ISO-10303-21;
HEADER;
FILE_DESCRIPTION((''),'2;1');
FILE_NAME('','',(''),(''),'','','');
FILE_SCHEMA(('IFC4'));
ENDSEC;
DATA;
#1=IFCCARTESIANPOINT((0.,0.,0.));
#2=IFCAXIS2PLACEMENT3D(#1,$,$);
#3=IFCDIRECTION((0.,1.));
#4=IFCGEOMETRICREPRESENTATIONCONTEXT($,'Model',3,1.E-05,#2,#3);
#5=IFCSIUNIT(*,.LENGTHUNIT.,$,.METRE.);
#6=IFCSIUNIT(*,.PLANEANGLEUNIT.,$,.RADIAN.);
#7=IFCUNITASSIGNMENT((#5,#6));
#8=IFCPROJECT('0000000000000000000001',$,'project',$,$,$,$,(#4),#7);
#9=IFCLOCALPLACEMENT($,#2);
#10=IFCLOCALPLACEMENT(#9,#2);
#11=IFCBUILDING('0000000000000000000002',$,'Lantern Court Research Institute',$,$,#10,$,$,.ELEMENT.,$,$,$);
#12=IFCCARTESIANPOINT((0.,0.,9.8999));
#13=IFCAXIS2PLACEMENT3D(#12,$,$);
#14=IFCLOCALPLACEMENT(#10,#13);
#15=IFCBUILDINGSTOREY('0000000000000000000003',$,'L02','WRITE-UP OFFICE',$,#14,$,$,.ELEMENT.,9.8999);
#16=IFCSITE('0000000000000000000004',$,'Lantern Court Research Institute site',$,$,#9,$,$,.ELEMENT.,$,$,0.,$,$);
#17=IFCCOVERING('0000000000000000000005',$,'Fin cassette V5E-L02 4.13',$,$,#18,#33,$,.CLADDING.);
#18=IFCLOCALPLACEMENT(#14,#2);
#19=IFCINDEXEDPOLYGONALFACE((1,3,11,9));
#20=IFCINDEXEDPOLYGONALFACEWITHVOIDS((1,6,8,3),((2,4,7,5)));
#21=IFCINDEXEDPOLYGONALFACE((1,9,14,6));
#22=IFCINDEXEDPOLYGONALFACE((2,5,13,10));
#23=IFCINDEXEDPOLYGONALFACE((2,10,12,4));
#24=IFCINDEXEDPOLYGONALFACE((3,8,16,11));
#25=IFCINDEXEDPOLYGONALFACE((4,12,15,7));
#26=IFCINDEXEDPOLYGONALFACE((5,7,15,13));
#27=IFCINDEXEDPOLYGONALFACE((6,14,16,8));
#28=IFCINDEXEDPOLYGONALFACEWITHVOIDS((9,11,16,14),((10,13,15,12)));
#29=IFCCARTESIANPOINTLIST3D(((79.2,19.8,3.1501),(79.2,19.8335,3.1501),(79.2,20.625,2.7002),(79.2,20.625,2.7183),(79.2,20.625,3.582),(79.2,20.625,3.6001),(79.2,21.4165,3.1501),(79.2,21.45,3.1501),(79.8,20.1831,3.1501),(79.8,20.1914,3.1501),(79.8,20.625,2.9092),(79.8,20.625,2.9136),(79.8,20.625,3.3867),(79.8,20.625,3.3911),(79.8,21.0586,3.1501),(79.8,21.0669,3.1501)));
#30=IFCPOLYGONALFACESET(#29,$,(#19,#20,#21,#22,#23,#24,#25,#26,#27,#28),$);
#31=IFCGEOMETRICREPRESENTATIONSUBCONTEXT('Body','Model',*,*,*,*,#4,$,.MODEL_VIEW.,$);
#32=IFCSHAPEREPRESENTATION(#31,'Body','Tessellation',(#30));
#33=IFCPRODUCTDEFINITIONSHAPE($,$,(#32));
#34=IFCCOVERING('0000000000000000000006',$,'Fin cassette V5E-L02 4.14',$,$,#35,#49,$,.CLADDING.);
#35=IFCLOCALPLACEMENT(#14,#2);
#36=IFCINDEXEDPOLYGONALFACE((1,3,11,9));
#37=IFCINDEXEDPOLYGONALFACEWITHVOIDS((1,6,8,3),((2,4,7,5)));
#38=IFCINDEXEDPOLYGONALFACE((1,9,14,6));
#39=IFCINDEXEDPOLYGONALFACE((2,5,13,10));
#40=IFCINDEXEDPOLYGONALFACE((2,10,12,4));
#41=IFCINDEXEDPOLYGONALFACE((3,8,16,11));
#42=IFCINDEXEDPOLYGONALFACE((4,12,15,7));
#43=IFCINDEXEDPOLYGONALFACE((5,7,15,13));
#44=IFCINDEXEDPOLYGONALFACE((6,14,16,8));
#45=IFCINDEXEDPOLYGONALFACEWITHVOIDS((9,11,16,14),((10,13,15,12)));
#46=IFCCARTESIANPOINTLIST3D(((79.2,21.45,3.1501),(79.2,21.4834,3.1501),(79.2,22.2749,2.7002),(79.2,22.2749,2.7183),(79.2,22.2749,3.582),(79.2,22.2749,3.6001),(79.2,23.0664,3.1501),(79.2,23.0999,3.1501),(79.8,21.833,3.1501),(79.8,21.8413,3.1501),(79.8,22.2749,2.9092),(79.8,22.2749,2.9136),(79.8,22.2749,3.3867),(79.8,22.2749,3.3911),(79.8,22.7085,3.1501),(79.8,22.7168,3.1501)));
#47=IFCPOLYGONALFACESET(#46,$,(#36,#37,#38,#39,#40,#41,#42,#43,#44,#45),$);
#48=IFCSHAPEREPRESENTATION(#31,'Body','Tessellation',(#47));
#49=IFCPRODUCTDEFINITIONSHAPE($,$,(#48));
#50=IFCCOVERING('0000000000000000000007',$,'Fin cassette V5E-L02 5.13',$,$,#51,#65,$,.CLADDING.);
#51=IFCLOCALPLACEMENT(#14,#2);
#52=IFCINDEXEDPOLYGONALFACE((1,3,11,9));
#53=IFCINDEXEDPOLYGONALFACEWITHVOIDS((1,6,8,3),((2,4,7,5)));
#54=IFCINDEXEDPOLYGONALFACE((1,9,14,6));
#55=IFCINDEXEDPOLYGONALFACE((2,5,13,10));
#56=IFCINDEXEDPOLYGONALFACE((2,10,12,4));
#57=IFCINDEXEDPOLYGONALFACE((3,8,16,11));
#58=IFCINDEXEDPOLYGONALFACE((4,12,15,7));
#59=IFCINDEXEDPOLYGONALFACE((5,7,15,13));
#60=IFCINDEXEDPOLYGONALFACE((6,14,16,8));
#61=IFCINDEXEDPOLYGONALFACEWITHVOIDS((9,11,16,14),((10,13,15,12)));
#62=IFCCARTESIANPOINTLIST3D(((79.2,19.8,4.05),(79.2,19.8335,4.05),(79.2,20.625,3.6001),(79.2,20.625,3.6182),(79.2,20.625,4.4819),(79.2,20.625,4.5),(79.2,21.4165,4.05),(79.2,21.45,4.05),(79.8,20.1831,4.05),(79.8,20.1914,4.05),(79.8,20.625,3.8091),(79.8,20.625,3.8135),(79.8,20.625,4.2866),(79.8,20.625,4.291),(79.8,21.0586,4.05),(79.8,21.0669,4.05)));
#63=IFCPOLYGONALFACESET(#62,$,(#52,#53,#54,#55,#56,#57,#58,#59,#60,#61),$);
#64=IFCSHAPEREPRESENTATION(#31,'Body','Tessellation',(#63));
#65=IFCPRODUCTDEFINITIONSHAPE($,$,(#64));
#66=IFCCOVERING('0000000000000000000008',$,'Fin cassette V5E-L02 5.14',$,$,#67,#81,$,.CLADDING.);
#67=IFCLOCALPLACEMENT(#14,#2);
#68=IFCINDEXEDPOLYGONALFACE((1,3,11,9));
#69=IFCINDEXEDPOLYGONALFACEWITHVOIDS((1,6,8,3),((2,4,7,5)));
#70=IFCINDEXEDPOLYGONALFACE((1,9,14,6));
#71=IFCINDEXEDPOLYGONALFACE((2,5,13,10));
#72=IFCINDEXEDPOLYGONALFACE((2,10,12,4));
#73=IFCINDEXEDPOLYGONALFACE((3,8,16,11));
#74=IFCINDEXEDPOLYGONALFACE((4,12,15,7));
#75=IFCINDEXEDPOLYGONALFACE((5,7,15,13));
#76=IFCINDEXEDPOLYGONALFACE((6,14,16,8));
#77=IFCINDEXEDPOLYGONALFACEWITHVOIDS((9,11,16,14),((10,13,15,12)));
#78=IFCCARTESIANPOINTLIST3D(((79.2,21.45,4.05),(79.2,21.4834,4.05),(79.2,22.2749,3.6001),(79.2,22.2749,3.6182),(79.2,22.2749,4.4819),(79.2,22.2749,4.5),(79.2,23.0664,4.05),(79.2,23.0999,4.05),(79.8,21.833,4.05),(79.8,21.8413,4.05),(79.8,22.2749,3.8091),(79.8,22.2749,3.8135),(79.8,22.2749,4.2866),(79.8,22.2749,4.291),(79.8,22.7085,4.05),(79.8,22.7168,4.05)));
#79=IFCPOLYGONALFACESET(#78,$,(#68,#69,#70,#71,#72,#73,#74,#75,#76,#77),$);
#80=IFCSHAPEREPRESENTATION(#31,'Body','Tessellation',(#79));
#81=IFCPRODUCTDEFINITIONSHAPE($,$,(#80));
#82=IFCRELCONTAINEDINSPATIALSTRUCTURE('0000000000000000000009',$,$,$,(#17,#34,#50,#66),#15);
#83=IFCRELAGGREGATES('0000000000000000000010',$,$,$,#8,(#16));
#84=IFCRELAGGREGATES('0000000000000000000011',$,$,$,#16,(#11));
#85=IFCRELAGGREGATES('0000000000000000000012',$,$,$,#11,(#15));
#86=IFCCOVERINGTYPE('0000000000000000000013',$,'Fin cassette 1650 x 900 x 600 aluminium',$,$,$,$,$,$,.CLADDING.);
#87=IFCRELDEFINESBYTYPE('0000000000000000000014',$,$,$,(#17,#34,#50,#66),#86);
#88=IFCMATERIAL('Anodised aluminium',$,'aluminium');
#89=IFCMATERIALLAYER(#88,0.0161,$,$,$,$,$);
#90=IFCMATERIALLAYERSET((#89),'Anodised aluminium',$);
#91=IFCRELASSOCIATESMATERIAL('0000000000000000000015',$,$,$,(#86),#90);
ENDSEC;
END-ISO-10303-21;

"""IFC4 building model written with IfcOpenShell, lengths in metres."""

from ifc_helpers import new_model, entity, si_unit, direction, frame, origin, place, context, subcontext, project, spatial, material, layer, layer_set, type_object, element, save


model = new_model("IFC4")

# Units and contexts
model_context = context("Model", 3, precision=1e-05, world=origin(), true_north=direction((0.0, 1.0)))
body_context = subcontext(model_context, "Body", "Model", "MODEL_VIEW")
ifc_project = project(units=[si_unit("LENGTHUNIT", "METRE"), si_unit("PLANEANGLEUNIT", "RADIAN")], contexts=[model_context])

# Site, building, storey
site_placement = place(None, origin())
site = spatial("IfcSite", under=ifc_project, at=site_placement, Name="Lantern Court Research Institute site", CompositionType="ELEMENT", RefElevation=0.0)
building_placement = place(site_placement, origin())
building = spatial("IfcBuilding", under=site, at=building_placement, Name="Lantern Court Research Institute", CompositionType="ELEMENT")
storey_placement = place(building_placement, frame((0.0, 0.0, 9.8999)))
storey = spatial("IfcBuildingStorey", under=building, at=storey_placement, Name="L02", Description="WRITE-UP OFFICE", CompositionType="ELEMENT", Elevation=9.8999)

# Coverings
ifc_material_1 = material(Name="Anodised aluminium", Category="aluminium")
ifc_layer_1 = layer(ifc_material_1, 0.0161)
ifc_layer_set_1 = layer_set([ifc_layer_1], Name="Anodised aluminium")
covering_type = type_object("IfcCoveringType", Name="Fin cassette 1650 x 900 x 600 aluminium", PredefinedType="CLADDING", material=ifc_layer_set_1)
covering_1_placement = place(storey_placement, frame((79.2, 20.625, 3.1501), z_axis=(1.0, 0.0, 0.0), x_axis=(0.0, 1.0, 0.0)))
cartesian_point_1 = entity("IfcCartesianPoint", [0.825, 0.0])
cartesian_point_2 = entity("IfcCartesianPoint", [0.7915, 0.0])
cartesian_point_3 = entity("IfcCartesianPoint", [0.4419, 0.0])
cartesian_point_4 = entity("IfcCartesianPoint", [0.4336, 0.0])
element("IfcCovering", 1, at=covering_1_placement, inside=storey, type_object=covering_type, Name="Fin cassette V5E-L02 4.13", PredefinedType="CLADDING", context=body_context, shape_type="SweptSolid", body=[
    entity("IfcExtrudedAreaSolidTapered", entity("IfcArbitraryProfileDefWithVoids", "AREA", None, entity("IfcPolyline", [cartesian_point_1, entity("IfcCartesianPoint", [0.0, 0.45]), entity("IfcCartesianPoint", [-0.825, 0.0]), entity("IfcCartesianPoint", [0.0, -0.45]), cartesian_point_1]), [entity("IfcPolyline", [cartesian_point_2, entity("IfcCartesianPoint", [0.0, 0.4319]), entity("IfcCartesianPoint", [-0.7915, 0.0]), entity("IfcCartesianPoint", [0.0, -0.4319]), cartesian_point_2])]), entity("IfcAxis2Placement3D", entity("IfcCartesianPoint", [0.0, 0.0, 0.0])), entity("IfcDirection", [0.0, 0.0, 1.0]), 0.6001, entity("IfcArbitraryProfileDefWithVoids", "AREA", None, entity("IfcPolyline", [cartesian_point_3, entity("IfcCartesianPoint", [0.0, 0.241]), entity("IfcCartesianPoint", [-0.4419, 0.0]), entity("IfcCartesianPoint", [0.0, -0.241]), cartesian_point_3]), [entity("IfcPolyline", [cartesian_point_4, entity("IfcCartesianPoint", [0.0, 0.2366]), entity("IfcCartesianPoint", [-0.4336, 0.0]), entity("IfcCartesianPoint", [0.0, -0.2366]), cartesian_point_4])])),
])
covering_2_placement = place(storey_placement, frame((79.2, 22.2749, 3.1501), z_axis=(1.0, 0.0, 0.0), x_axis=(0.0, 1.0, 0.0)))
cartesian_point_5 = entity("IfcCartesianPoint", [0.825, 0.0])
cartesian_point_6 = entity("IfcCartesianPoint", [0.7915, 0.0])
cartesian_point_7 = entity("IfcCartesianPoint", [0.4419, 0.0])
cartesian_point_8 = entity("IfcCartesianPoint", [0.4336, 0.0])
element("IfcCovering", 2, at=covering_2_placement, inside=storey, type_object=covering_type, Name="Fin cassette V5E-L02 4.14", PredefinedType="CLADDING", context=body_context, shape_type="SweptSolid", body=[
    entity("IfcExtrudedAreaSolidTapered", entity("IfcArbitraryProfileDefWithVoids", "AREA", None, entity("IfcPolyline", [cartesian_point_5, entity("IfcCartesianPoint", [0.0, 0.45]), entity("IfcCartesianPoint", [-0.825, 0.0]), entity("IfcCartesianPoint", [0.0, -0.45]), cartesian_point_5]), [entity("IfcPolyline", [cartesian_point_6, entity("IfcCartesianPoint", [0.0, 0.4319]), entity("IfcCartesianPoint", [-0.7915, 0.0]), entity("IfcCartesianPoint", [0.0, -0.4319]), cartesian_point_6])]), entity("IfcAxis2Placement3D", entity("IfcCartesianPoint", [0.0, 0.0, 0.0])), entity("IfcDirection", [0.0, 0.0, 1.0]), 0.6001, entity("IfcArbitraryProfileDefWithVoids", "AREA", None, entity("IfcPolyline", [cartesian_point_7, entity("IfcCartesianPoint", [0.0, 0.241]), entity("IfcCartesianPoint", [-0.4419, 0.0]), entity("IfcCartesianPoint", [0.0, -0.241]), cartesian_point_7]), [entity("IfcPolyline", [cartesian_point_8, entity("IfcCartesianPoint", [0.0, 0.2366]), entity("IfcCartesianPoint", [-0.4336, 0.0]), entity("IfcCartesianPoint", [0.0, -0.2366]), cartesian_point_8])])),
])
covering_3_placement = place(storey_placement, frame((79.2, 20.625, 4.05), z_axis=(1.0, 0.0, 0.0), x_axis=(0.0, 1.0, 0.0)))
cartesian_point_9 = entity("IfcCartesianPoint", [0.825, 0.0])
cartesian_point_10 = entity("IfcCartesianPoint", [0.7915, 0.0])
cartesian_point_11 = entity("IfcCartesianPoint", [0.4419, 0.0])
cartesian_point_12 = entity("IfcCartesianPoint", [0.4336, 0.0])
element("IfcCovering", 3, at=covering_3_placement, inside=storey, type_object=covering_type, Name="Fin cassette V5E-L02 5.13", PredefinedType="CLADDING", context=body_context, shape_type="SweptSolid", body=[
    entity("IfcExtrudedAreaSolidTapered", entity("IfcArbitraryProfileDefWithVoids", "AREA", None, entity("IfcPolyline", [cartesian_point_9, entity("IfcCartesianPoint", [0.0, 0.45]), entity("IfcCartesianPoint", [-0.825, 0.0]), entity("IfcCartesianPoint", [0.0, -0.45]), cartesian_point_9]), [entity("IfcPolyline", [cartesian_point_10, entity("IfcCartesianPoint", [0.0, 0.4319]), entity("IfcCartesianPoint", [-0.7915, 0.0]), entity("IfcCartesianPoint", [0.0, -0.4319]), cartesian_point_10])]), entity("IfcAxis2Placement3D", entity("IfcCartesianPoint", [0.0, 0.0, 0.0])), entity("IfcDirection", [0.0, 0.0, 1.0]), 0.6001, entity("IfcArbitraryProfileDefWithVoids", "AREA", None, entity("IfcPolyline", [cartesian_point_11, entity("IfcCartesianPoint", [0.0, 0.241]), entity("IfcCartesianPoint", [-0.4419, 0.0]), entity("IfcCartesianPoint", [0.0, -0.241]), cartesian_point_11]), [entity("IfcPolyline", [cartesian_point_12, entity("IfcCartesianPoint", [0.0, 0.2366]), entity("IfcCartesianPoint", [-0.4336, 0.0]), entity("IfcCartesianPoint", [0.0, -0.2366]), cartesian_point_12])])),
])
covering_4_placement = place(storey_placement, frame((79.2, 22.2749, 4.05), z_axis=(1.0, 0.0, 0.0), x_axis=(0.0, 1.0, 0.0)))
cartesian_point_13 = entity("IfcCartesianPoint", [0.825, 0.0])
cartesian_point_14 = entity("IfcCartesianPoint", [0.7915, 0.0])
cartesian_point_15 = entity("IfcCartesianPoint", [0.4419, 0.0])
cartesian_point_16 = entity("IfcCartesianPoint", [0.4336, 0.0])
element("IfcCovering", 4, at=covering_4_placement, inside=storey, type_object=covering_type, Name="Fin cassette V5E-L02 5.14", PredefinedType="CLADDING", context=body_context, shape_type="SweptSolid", body=[
    entity("IfcExtrudedAreaSolidTapered", entity("IfcArbitraryProfileDefWithVoids", "AREA", None, entity("IfcPolyline", [cartesian_point_13, entity("IfcCartesianPoint", [0.0, 0.45]), entity("IfcCartesianPoint", [-0.825, 0.0]), entity("IfcCartesianPoint", [0.0, -0.45]), cartesian_point_13]), [entity("IfcPolyline", [cartesian_point_14, entity("IfcCartesianPoint", [0.0, 0.4319]), entity("IfcCartesianPoint", [-0.7915, 0.0]), entity("IfcCartesianPoint", [0.0, -0.4319]), cartesian_point_14])]), entity("IfcAxis2Placement3D", entity("IfcCartesianPoint", [0.0, 0.0, 0.0])), entity("IfcDirection", [0.0, 0.0, 1.0]), 0.6001, entity("IfcArbitraryProfileDefWithVoids", "AREA", None, entity("IfcPolyline", [cartesian_point_15, entity("IfcCartesianPoint", [0.0, 0.241]), entity("IfcCartesianPoint", [-0.4419, 0.0]), entity("IfcCartesianPoint", [0.0, -0.241]), cartesian_point_15]), [entity("IfcPolyline", [cartesian_point_16, entity("IfcCartesianPoint", [0.0, 0.2366]), entity("IfcCartesianPoint", [-0.4336, 0.0]), entity("IfcCartesianPoint", [0.0, -0.2366]), cartesian_point_16])])),
])

save(model, "model.ifc")
